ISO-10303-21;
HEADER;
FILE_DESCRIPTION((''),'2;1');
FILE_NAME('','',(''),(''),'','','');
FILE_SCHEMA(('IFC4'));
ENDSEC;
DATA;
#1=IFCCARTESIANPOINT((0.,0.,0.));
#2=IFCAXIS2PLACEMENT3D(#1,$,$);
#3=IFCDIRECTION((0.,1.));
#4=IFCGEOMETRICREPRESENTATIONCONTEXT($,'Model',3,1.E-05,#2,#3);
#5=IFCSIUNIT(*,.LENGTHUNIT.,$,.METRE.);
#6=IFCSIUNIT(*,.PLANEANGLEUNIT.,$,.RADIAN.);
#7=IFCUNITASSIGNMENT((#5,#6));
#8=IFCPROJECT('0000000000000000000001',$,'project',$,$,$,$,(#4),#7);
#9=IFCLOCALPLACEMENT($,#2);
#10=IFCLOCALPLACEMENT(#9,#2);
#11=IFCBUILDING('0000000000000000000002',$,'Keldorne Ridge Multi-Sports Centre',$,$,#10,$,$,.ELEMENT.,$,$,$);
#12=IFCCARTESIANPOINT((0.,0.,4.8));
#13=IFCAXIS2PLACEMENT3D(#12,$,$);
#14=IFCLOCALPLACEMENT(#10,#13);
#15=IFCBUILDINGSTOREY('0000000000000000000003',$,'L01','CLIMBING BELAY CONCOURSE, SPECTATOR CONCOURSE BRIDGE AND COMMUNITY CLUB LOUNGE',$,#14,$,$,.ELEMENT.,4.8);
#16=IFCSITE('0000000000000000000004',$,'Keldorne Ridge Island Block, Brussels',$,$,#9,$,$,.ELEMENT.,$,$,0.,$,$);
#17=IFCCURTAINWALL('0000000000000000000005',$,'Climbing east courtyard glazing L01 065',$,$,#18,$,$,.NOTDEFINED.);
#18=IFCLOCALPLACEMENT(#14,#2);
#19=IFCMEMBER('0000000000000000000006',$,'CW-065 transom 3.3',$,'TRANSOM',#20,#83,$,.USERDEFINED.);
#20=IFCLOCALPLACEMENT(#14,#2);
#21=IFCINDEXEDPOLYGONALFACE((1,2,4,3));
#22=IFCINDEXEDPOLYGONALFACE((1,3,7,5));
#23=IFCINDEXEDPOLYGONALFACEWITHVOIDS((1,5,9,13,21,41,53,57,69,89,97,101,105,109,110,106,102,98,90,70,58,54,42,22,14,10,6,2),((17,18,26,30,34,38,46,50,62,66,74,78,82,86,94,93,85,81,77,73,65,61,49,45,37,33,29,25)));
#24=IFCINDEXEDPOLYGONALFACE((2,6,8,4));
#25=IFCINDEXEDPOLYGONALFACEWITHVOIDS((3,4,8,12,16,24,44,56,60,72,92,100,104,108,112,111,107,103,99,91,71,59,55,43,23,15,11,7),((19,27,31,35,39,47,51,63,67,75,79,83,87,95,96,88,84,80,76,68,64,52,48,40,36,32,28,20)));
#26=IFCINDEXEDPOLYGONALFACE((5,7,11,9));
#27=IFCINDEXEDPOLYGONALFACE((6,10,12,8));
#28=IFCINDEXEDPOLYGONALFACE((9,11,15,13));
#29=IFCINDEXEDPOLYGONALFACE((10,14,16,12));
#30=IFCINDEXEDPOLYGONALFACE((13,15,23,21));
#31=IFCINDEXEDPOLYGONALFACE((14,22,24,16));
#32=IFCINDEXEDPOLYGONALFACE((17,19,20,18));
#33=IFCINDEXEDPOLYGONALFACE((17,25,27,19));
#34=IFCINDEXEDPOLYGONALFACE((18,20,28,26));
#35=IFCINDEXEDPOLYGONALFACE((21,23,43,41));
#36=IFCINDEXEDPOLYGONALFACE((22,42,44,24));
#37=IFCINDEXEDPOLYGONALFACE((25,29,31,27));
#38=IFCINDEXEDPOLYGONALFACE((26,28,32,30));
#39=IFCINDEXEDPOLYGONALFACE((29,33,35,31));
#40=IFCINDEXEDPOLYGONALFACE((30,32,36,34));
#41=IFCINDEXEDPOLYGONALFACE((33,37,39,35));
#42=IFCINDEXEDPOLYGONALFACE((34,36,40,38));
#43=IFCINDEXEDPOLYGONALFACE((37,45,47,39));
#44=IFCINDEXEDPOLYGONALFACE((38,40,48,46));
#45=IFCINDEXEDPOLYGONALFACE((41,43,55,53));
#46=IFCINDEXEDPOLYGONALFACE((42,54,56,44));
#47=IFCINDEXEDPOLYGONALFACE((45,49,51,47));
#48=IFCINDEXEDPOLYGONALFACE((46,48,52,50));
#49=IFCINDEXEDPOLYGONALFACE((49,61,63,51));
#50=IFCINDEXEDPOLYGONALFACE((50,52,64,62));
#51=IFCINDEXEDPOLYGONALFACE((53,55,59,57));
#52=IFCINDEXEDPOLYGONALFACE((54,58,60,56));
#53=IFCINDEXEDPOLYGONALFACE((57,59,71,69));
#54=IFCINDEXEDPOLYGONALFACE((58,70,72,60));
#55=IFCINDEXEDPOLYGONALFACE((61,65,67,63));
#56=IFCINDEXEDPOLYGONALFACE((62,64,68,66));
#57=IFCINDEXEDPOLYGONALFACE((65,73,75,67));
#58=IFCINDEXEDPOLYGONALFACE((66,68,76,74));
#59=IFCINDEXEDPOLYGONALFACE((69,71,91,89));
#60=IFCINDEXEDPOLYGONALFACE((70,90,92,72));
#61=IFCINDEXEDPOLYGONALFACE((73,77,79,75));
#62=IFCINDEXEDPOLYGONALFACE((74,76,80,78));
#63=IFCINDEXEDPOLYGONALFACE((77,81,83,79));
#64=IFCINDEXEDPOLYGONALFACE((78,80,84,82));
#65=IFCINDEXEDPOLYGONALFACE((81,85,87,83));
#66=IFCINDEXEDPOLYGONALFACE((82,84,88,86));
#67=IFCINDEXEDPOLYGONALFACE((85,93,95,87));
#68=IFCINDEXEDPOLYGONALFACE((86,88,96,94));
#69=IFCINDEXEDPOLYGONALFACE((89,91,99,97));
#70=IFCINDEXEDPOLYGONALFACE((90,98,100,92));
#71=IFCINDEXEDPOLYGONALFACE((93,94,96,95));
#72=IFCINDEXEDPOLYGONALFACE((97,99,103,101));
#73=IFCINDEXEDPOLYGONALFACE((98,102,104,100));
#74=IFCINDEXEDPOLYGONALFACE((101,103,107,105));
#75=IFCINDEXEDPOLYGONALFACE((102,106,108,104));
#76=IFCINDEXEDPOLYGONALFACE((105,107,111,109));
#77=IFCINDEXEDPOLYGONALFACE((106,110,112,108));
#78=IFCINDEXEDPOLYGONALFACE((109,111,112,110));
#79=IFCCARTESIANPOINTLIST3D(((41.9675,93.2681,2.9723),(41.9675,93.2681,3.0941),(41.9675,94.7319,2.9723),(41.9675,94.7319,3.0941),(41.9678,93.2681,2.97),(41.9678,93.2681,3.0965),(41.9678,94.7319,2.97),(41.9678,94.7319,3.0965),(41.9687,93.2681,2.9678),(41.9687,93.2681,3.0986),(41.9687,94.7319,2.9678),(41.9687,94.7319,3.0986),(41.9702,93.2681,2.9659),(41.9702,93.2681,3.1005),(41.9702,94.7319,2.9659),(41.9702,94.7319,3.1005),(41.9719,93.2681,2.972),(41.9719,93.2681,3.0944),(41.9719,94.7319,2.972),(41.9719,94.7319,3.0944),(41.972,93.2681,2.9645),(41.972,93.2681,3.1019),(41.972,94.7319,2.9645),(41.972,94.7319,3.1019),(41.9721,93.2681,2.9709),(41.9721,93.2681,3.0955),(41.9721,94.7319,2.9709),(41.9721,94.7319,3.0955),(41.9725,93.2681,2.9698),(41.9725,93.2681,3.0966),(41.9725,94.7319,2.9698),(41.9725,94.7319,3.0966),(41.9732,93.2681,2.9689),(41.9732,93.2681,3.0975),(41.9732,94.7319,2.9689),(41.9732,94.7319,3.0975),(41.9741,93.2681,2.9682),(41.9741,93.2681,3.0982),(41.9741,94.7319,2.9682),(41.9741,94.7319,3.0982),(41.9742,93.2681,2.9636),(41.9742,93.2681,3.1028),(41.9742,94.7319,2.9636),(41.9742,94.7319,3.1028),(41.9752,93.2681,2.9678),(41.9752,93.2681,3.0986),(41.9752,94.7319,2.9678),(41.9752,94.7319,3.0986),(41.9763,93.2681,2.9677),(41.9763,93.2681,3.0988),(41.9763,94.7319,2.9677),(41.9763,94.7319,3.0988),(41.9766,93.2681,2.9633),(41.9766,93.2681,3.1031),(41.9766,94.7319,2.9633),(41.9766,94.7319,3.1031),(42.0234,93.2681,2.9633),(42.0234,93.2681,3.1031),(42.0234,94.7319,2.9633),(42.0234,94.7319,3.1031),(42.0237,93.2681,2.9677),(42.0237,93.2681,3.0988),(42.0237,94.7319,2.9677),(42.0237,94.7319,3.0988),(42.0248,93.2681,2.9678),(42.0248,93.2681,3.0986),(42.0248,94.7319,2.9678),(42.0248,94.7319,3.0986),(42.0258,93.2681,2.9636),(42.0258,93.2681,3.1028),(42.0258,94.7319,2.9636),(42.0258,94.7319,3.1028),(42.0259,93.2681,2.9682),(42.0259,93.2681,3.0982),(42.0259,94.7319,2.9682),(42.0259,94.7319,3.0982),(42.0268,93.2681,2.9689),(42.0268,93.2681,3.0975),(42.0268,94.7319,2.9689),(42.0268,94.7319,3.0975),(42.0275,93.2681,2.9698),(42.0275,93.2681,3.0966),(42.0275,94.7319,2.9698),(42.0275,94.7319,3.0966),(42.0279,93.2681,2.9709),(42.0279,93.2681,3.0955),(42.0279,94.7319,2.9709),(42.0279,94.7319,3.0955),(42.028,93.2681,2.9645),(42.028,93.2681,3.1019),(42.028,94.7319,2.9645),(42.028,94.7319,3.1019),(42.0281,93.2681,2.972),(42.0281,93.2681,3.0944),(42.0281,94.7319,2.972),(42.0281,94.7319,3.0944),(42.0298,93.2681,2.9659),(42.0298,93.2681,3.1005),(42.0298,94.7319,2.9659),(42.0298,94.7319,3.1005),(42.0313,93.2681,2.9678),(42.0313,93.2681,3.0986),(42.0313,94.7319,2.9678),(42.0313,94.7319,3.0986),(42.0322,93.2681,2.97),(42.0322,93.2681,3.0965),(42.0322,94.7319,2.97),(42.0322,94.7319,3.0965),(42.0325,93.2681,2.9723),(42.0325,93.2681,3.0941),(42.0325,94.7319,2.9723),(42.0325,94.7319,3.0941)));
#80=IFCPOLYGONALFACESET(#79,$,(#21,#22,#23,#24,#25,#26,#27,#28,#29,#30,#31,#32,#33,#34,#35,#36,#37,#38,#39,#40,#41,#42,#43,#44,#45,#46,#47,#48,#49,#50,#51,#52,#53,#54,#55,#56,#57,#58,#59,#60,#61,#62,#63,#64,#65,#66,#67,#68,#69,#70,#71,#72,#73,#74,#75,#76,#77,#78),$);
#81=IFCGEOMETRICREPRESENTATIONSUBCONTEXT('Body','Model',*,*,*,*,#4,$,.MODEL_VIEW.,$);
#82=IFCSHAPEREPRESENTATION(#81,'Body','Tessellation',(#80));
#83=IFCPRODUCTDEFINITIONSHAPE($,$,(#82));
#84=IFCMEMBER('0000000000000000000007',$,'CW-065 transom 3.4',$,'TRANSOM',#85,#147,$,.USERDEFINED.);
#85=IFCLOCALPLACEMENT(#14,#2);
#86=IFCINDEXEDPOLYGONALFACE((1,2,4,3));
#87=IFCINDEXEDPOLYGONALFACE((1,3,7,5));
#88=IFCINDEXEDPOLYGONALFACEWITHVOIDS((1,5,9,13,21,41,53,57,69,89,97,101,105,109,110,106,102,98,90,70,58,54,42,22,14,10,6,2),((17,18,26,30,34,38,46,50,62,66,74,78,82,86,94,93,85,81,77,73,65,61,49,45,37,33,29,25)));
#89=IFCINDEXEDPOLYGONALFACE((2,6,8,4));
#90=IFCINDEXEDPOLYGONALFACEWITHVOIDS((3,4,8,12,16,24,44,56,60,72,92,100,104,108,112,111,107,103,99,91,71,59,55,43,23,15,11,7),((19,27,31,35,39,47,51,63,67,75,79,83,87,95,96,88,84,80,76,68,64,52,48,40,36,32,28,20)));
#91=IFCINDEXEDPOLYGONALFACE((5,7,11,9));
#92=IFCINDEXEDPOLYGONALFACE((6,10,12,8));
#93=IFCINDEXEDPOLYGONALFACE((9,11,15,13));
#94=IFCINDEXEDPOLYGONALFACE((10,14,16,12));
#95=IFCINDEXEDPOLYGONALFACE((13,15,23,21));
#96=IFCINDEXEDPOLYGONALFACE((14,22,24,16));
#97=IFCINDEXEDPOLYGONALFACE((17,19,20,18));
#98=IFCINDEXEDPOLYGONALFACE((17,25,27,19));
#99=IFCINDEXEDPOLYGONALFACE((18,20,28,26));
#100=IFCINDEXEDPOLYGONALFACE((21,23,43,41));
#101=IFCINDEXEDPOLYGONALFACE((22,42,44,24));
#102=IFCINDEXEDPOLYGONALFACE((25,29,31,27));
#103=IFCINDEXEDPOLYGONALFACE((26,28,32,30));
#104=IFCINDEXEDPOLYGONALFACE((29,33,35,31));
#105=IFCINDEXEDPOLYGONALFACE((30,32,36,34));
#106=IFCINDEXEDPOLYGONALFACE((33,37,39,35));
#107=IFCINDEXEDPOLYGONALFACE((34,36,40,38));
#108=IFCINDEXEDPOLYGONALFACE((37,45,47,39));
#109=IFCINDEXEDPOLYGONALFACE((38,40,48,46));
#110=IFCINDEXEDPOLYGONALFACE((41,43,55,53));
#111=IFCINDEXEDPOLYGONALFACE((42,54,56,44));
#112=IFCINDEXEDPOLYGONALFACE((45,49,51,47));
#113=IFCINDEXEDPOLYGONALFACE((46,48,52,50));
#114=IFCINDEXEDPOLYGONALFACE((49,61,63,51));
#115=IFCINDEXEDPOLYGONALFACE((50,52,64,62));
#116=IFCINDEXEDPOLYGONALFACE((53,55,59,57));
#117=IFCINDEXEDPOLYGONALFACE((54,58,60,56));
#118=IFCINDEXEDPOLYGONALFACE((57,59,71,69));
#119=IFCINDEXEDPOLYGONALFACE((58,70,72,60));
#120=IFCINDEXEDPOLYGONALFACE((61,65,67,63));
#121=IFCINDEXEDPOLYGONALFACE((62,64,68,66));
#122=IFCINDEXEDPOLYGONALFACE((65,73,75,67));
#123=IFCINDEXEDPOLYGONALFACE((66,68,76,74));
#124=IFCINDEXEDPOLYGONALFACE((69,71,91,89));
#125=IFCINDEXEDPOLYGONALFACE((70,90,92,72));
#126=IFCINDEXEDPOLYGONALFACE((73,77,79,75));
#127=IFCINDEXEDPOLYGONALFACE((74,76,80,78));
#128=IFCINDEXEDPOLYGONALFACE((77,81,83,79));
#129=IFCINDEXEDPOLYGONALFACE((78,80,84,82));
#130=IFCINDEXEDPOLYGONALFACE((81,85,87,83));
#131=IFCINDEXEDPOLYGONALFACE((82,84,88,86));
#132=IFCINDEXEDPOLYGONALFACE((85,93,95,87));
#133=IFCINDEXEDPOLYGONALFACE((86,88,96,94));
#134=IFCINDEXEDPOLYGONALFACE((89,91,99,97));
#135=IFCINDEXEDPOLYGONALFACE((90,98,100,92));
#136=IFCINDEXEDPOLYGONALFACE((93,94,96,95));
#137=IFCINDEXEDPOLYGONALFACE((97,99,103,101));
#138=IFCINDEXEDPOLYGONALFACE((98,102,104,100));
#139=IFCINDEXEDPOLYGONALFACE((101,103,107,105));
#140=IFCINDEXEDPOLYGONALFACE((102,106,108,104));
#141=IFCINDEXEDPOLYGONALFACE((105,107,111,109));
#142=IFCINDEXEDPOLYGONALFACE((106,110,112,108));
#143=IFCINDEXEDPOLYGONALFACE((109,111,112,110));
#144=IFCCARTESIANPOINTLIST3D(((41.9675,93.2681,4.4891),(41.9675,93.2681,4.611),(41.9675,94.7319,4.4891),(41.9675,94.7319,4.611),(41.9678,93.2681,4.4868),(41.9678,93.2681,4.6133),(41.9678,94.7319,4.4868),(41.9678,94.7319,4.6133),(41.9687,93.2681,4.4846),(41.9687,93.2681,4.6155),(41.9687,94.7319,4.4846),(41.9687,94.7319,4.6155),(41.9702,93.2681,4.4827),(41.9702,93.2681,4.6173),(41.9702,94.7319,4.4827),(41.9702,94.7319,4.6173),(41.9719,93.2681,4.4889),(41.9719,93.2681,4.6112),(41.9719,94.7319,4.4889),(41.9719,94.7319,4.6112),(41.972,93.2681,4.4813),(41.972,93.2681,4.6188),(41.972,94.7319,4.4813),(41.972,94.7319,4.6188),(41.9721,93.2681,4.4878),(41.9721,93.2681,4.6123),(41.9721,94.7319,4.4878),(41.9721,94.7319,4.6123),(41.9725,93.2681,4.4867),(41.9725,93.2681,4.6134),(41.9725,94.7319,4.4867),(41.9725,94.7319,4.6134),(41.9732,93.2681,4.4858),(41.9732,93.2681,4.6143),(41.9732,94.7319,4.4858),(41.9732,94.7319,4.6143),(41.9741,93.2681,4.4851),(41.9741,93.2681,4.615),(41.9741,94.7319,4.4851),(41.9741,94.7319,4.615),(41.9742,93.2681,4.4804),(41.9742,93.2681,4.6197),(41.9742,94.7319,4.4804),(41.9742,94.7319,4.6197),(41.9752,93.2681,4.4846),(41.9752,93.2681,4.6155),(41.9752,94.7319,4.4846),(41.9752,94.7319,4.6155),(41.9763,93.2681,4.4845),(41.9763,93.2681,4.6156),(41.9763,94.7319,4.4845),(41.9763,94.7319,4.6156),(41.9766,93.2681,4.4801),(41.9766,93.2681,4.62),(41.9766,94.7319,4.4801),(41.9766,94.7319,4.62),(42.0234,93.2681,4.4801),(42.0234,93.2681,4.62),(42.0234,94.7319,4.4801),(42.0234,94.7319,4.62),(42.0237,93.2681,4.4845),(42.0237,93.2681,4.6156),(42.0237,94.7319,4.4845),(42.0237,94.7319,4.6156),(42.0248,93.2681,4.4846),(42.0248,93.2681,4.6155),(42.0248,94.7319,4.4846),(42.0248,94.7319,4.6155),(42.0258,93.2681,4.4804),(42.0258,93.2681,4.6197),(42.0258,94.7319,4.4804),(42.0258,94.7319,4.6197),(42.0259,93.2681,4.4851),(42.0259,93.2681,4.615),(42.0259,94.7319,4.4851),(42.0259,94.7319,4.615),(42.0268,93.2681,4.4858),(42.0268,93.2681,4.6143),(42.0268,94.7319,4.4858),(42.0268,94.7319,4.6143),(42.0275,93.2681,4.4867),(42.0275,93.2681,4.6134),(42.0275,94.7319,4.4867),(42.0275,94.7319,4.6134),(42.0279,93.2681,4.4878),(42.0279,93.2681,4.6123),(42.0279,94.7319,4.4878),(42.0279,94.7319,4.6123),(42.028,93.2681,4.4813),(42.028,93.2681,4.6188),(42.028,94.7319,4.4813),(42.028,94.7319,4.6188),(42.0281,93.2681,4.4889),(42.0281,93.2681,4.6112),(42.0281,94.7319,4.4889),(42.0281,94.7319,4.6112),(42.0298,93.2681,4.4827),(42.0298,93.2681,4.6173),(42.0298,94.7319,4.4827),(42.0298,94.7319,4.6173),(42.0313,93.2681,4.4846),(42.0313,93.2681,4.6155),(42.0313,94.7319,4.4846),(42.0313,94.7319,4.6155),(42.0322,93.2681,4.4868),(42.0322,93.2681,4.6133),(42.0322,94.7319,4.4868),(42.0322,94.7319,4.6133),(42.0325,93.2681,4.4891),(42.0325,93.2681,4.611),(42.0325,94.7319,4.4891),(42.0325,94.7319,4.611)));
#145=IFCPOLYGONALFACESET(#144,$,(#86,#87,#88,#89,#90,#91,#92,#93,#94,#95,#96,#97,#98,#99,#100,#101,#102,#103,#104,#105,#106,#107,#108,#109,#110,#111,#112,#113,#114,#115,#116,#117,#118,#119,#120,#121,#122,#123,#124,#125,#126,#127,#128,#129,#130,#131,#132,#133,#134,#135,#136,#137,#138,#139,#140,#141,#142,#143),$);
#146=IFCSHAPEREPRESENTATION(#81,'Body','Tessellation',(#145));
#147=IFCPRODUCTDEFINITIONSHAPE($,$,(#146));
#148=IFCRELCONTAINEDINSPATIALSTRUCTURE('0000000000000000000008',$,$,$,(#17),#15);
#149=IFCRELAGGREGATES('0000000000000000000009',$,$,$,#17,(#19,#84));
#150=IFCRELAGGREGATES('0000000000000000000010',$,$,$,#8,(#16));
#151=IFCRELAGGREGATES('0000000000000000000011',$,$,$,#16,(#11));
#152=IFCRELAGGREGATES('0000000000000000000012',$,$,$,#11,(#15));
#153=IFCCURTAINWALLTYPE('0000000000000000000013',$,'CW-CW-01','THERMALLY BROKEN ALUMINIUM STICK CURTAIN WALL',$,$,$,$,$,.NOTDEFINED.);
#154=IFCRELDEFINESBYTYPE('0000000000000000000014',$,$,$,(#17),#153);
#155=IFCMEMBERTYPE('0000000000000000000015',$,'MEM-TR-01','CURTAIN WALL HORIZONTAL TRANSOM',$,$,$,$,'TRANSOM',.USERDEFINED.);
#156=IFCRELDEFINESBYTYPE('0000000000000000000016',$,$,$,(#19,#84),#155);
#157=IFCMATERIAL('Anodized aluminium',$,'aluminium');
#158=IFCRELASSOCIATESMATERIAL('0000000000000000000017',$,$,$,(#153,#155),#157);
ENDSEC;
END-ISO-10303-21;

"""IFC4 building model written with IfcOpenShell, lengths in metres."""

from ifc_helpers import new_model, si_unit, direction, frame, origin, origin_2d, place, context, subcontext, project, spatial, hollow_rectangle, extrude, material, material_profile, profile_set, type_object, element, aggregate, save


model = new_model("IFC4")

# Units and contexts
model_context = context("Model", 3, precision=1e-05, world=origin(), true_north=direction((0.0, 1.0)))
body_context = subcontext(model_context, "Body", "Model", "MODEL_VIEW")
ifc_project = project(units=[si_unit("LENGTHUNIT", "METRE"), si_unit("PLANEANGLEUNIT", "RADIAN")], contexts=[model_context])

# Site, building, storey
site_placement = place(None, origin())
site = spatial("IfcSite", under=ifc_project, at=site_placement, Name="Keldorne Ridge Island Block, Brussels", CompositionType="ELEMENT", RefElevation=0.0)
building_placement = place(site_placement, origin())
building = spatial("IfcBuilding", under=site, at=building_placement, Name="Keldorne Ridge Multi-Sports Centre", CompositionType="ELEMENT")
storey_placement = place(building_placement, frame((0.0, 0.0, 4.8)))
storey = spatial("IfcBuildingStorey", under=building, at=storey_placement, Name="L01", Description="CLIMBING BELAY CONCOURSE, SPECTATOR CONCOURSE BRIDGE AND COMMUNITY CLUB LOUNGE", CompositionType="ELEMENT", Elevation=4.8)

# Curtain wall, members
ifc_material_1 = material(Name="Anodized aluminium", Category="aluminium")
curtain_wall_type_1 = type_object("IfcCurtainWallType", Name="CW-CW-01", Description="THERMALLY BROKEN ALUMINIUM STICK CURTAIN WALL", PredefinedType="NOTDEFINED", material=ifc_material_1)
curtain_wall_1_placement = place(storey_placement, origin())
curtain_wall_1 = element("IfcCurtainWall", 1, at=curtain_wall_1_placement, inside=storey, type_object=curtain_wall_type_1, Name="Climbing east courtyard glazing L01 065", PredefinedType="NOTDEFINED")
ifc_material_profile_1 = material_profile(ifc_material_1, hollow_rectangle(XDim=0.0649, YDim=0.1399, WallThickness=0.0044, InnerFilletRadius=0.0044, OuterFilletRadius=0.009, at=origin_2d()), Name="ALU TRANSOM 140x65x4.5")
ifc_profile_set_1 = profile_set([ifc_material_profile_1], Name="Anodized aluminium")
member_type_1 = type_object("IfcMemberType", Name="MEM-TR-01", Description="CURTAIN WALL HORIZONTAL TRANSOM", ElementType="TRANSOM", PredefinedType="USERDEFINED", material=ifc_profile_set_1)
member_1_placement = place(storey_placement, frame((42.0, 93.2681, 3.0332), z_axis=(0.0, 1.0, 0.0), x_axis=(-1.0, 0.0, 0.0)))
member_1 = element("IfcMember", 2, at=member_1_placement, type_object=member_type_1, Name="CW-065 transom 3.3", ObjectType="TRANSOM", PredefinedType="USERDEFINED", context=body_context, shape_type="SweptSolid", body=[
    extrude(hollow_rectangle(XDim=0.0649, YDim=0.1399, WallThickness=0.0044, InnerFilletRadius=0.0044, OuterFilletRadius=0.009, at=origin_2d()), origin(), (0.0, 0.0, 1.0), 1.4639),
])
member_2_placement = place(storey_placement, frame((42.0, 93.2681, 4.55), z_axis=(0.0, 1.0, 0.0), x_axis=(-1.0, 0.0, 0.0)))
member_2 = element("IfcMember", 3, at=member_2_placement, type_object=member_type_1, Name="CW-065 transom 3.4", ObjectType="TRANSOM", PredefinedType="USERDEFINED", context=body_context, shape_type="SweptSolid", body=[
    extrude(hollow_rectangle(XDim=0.0649, YDim=0.1399, WallThickness=0.0044, InnerFilletRadius=0.0044, OuterFilletRadius=0.009, at=origin_2d()), origin(), (0.0, 0.0, 1.0), 1.4639),
])
aggregate(curtain_wall_1, [member_1, member_2])

save(model, "model.ifc")
